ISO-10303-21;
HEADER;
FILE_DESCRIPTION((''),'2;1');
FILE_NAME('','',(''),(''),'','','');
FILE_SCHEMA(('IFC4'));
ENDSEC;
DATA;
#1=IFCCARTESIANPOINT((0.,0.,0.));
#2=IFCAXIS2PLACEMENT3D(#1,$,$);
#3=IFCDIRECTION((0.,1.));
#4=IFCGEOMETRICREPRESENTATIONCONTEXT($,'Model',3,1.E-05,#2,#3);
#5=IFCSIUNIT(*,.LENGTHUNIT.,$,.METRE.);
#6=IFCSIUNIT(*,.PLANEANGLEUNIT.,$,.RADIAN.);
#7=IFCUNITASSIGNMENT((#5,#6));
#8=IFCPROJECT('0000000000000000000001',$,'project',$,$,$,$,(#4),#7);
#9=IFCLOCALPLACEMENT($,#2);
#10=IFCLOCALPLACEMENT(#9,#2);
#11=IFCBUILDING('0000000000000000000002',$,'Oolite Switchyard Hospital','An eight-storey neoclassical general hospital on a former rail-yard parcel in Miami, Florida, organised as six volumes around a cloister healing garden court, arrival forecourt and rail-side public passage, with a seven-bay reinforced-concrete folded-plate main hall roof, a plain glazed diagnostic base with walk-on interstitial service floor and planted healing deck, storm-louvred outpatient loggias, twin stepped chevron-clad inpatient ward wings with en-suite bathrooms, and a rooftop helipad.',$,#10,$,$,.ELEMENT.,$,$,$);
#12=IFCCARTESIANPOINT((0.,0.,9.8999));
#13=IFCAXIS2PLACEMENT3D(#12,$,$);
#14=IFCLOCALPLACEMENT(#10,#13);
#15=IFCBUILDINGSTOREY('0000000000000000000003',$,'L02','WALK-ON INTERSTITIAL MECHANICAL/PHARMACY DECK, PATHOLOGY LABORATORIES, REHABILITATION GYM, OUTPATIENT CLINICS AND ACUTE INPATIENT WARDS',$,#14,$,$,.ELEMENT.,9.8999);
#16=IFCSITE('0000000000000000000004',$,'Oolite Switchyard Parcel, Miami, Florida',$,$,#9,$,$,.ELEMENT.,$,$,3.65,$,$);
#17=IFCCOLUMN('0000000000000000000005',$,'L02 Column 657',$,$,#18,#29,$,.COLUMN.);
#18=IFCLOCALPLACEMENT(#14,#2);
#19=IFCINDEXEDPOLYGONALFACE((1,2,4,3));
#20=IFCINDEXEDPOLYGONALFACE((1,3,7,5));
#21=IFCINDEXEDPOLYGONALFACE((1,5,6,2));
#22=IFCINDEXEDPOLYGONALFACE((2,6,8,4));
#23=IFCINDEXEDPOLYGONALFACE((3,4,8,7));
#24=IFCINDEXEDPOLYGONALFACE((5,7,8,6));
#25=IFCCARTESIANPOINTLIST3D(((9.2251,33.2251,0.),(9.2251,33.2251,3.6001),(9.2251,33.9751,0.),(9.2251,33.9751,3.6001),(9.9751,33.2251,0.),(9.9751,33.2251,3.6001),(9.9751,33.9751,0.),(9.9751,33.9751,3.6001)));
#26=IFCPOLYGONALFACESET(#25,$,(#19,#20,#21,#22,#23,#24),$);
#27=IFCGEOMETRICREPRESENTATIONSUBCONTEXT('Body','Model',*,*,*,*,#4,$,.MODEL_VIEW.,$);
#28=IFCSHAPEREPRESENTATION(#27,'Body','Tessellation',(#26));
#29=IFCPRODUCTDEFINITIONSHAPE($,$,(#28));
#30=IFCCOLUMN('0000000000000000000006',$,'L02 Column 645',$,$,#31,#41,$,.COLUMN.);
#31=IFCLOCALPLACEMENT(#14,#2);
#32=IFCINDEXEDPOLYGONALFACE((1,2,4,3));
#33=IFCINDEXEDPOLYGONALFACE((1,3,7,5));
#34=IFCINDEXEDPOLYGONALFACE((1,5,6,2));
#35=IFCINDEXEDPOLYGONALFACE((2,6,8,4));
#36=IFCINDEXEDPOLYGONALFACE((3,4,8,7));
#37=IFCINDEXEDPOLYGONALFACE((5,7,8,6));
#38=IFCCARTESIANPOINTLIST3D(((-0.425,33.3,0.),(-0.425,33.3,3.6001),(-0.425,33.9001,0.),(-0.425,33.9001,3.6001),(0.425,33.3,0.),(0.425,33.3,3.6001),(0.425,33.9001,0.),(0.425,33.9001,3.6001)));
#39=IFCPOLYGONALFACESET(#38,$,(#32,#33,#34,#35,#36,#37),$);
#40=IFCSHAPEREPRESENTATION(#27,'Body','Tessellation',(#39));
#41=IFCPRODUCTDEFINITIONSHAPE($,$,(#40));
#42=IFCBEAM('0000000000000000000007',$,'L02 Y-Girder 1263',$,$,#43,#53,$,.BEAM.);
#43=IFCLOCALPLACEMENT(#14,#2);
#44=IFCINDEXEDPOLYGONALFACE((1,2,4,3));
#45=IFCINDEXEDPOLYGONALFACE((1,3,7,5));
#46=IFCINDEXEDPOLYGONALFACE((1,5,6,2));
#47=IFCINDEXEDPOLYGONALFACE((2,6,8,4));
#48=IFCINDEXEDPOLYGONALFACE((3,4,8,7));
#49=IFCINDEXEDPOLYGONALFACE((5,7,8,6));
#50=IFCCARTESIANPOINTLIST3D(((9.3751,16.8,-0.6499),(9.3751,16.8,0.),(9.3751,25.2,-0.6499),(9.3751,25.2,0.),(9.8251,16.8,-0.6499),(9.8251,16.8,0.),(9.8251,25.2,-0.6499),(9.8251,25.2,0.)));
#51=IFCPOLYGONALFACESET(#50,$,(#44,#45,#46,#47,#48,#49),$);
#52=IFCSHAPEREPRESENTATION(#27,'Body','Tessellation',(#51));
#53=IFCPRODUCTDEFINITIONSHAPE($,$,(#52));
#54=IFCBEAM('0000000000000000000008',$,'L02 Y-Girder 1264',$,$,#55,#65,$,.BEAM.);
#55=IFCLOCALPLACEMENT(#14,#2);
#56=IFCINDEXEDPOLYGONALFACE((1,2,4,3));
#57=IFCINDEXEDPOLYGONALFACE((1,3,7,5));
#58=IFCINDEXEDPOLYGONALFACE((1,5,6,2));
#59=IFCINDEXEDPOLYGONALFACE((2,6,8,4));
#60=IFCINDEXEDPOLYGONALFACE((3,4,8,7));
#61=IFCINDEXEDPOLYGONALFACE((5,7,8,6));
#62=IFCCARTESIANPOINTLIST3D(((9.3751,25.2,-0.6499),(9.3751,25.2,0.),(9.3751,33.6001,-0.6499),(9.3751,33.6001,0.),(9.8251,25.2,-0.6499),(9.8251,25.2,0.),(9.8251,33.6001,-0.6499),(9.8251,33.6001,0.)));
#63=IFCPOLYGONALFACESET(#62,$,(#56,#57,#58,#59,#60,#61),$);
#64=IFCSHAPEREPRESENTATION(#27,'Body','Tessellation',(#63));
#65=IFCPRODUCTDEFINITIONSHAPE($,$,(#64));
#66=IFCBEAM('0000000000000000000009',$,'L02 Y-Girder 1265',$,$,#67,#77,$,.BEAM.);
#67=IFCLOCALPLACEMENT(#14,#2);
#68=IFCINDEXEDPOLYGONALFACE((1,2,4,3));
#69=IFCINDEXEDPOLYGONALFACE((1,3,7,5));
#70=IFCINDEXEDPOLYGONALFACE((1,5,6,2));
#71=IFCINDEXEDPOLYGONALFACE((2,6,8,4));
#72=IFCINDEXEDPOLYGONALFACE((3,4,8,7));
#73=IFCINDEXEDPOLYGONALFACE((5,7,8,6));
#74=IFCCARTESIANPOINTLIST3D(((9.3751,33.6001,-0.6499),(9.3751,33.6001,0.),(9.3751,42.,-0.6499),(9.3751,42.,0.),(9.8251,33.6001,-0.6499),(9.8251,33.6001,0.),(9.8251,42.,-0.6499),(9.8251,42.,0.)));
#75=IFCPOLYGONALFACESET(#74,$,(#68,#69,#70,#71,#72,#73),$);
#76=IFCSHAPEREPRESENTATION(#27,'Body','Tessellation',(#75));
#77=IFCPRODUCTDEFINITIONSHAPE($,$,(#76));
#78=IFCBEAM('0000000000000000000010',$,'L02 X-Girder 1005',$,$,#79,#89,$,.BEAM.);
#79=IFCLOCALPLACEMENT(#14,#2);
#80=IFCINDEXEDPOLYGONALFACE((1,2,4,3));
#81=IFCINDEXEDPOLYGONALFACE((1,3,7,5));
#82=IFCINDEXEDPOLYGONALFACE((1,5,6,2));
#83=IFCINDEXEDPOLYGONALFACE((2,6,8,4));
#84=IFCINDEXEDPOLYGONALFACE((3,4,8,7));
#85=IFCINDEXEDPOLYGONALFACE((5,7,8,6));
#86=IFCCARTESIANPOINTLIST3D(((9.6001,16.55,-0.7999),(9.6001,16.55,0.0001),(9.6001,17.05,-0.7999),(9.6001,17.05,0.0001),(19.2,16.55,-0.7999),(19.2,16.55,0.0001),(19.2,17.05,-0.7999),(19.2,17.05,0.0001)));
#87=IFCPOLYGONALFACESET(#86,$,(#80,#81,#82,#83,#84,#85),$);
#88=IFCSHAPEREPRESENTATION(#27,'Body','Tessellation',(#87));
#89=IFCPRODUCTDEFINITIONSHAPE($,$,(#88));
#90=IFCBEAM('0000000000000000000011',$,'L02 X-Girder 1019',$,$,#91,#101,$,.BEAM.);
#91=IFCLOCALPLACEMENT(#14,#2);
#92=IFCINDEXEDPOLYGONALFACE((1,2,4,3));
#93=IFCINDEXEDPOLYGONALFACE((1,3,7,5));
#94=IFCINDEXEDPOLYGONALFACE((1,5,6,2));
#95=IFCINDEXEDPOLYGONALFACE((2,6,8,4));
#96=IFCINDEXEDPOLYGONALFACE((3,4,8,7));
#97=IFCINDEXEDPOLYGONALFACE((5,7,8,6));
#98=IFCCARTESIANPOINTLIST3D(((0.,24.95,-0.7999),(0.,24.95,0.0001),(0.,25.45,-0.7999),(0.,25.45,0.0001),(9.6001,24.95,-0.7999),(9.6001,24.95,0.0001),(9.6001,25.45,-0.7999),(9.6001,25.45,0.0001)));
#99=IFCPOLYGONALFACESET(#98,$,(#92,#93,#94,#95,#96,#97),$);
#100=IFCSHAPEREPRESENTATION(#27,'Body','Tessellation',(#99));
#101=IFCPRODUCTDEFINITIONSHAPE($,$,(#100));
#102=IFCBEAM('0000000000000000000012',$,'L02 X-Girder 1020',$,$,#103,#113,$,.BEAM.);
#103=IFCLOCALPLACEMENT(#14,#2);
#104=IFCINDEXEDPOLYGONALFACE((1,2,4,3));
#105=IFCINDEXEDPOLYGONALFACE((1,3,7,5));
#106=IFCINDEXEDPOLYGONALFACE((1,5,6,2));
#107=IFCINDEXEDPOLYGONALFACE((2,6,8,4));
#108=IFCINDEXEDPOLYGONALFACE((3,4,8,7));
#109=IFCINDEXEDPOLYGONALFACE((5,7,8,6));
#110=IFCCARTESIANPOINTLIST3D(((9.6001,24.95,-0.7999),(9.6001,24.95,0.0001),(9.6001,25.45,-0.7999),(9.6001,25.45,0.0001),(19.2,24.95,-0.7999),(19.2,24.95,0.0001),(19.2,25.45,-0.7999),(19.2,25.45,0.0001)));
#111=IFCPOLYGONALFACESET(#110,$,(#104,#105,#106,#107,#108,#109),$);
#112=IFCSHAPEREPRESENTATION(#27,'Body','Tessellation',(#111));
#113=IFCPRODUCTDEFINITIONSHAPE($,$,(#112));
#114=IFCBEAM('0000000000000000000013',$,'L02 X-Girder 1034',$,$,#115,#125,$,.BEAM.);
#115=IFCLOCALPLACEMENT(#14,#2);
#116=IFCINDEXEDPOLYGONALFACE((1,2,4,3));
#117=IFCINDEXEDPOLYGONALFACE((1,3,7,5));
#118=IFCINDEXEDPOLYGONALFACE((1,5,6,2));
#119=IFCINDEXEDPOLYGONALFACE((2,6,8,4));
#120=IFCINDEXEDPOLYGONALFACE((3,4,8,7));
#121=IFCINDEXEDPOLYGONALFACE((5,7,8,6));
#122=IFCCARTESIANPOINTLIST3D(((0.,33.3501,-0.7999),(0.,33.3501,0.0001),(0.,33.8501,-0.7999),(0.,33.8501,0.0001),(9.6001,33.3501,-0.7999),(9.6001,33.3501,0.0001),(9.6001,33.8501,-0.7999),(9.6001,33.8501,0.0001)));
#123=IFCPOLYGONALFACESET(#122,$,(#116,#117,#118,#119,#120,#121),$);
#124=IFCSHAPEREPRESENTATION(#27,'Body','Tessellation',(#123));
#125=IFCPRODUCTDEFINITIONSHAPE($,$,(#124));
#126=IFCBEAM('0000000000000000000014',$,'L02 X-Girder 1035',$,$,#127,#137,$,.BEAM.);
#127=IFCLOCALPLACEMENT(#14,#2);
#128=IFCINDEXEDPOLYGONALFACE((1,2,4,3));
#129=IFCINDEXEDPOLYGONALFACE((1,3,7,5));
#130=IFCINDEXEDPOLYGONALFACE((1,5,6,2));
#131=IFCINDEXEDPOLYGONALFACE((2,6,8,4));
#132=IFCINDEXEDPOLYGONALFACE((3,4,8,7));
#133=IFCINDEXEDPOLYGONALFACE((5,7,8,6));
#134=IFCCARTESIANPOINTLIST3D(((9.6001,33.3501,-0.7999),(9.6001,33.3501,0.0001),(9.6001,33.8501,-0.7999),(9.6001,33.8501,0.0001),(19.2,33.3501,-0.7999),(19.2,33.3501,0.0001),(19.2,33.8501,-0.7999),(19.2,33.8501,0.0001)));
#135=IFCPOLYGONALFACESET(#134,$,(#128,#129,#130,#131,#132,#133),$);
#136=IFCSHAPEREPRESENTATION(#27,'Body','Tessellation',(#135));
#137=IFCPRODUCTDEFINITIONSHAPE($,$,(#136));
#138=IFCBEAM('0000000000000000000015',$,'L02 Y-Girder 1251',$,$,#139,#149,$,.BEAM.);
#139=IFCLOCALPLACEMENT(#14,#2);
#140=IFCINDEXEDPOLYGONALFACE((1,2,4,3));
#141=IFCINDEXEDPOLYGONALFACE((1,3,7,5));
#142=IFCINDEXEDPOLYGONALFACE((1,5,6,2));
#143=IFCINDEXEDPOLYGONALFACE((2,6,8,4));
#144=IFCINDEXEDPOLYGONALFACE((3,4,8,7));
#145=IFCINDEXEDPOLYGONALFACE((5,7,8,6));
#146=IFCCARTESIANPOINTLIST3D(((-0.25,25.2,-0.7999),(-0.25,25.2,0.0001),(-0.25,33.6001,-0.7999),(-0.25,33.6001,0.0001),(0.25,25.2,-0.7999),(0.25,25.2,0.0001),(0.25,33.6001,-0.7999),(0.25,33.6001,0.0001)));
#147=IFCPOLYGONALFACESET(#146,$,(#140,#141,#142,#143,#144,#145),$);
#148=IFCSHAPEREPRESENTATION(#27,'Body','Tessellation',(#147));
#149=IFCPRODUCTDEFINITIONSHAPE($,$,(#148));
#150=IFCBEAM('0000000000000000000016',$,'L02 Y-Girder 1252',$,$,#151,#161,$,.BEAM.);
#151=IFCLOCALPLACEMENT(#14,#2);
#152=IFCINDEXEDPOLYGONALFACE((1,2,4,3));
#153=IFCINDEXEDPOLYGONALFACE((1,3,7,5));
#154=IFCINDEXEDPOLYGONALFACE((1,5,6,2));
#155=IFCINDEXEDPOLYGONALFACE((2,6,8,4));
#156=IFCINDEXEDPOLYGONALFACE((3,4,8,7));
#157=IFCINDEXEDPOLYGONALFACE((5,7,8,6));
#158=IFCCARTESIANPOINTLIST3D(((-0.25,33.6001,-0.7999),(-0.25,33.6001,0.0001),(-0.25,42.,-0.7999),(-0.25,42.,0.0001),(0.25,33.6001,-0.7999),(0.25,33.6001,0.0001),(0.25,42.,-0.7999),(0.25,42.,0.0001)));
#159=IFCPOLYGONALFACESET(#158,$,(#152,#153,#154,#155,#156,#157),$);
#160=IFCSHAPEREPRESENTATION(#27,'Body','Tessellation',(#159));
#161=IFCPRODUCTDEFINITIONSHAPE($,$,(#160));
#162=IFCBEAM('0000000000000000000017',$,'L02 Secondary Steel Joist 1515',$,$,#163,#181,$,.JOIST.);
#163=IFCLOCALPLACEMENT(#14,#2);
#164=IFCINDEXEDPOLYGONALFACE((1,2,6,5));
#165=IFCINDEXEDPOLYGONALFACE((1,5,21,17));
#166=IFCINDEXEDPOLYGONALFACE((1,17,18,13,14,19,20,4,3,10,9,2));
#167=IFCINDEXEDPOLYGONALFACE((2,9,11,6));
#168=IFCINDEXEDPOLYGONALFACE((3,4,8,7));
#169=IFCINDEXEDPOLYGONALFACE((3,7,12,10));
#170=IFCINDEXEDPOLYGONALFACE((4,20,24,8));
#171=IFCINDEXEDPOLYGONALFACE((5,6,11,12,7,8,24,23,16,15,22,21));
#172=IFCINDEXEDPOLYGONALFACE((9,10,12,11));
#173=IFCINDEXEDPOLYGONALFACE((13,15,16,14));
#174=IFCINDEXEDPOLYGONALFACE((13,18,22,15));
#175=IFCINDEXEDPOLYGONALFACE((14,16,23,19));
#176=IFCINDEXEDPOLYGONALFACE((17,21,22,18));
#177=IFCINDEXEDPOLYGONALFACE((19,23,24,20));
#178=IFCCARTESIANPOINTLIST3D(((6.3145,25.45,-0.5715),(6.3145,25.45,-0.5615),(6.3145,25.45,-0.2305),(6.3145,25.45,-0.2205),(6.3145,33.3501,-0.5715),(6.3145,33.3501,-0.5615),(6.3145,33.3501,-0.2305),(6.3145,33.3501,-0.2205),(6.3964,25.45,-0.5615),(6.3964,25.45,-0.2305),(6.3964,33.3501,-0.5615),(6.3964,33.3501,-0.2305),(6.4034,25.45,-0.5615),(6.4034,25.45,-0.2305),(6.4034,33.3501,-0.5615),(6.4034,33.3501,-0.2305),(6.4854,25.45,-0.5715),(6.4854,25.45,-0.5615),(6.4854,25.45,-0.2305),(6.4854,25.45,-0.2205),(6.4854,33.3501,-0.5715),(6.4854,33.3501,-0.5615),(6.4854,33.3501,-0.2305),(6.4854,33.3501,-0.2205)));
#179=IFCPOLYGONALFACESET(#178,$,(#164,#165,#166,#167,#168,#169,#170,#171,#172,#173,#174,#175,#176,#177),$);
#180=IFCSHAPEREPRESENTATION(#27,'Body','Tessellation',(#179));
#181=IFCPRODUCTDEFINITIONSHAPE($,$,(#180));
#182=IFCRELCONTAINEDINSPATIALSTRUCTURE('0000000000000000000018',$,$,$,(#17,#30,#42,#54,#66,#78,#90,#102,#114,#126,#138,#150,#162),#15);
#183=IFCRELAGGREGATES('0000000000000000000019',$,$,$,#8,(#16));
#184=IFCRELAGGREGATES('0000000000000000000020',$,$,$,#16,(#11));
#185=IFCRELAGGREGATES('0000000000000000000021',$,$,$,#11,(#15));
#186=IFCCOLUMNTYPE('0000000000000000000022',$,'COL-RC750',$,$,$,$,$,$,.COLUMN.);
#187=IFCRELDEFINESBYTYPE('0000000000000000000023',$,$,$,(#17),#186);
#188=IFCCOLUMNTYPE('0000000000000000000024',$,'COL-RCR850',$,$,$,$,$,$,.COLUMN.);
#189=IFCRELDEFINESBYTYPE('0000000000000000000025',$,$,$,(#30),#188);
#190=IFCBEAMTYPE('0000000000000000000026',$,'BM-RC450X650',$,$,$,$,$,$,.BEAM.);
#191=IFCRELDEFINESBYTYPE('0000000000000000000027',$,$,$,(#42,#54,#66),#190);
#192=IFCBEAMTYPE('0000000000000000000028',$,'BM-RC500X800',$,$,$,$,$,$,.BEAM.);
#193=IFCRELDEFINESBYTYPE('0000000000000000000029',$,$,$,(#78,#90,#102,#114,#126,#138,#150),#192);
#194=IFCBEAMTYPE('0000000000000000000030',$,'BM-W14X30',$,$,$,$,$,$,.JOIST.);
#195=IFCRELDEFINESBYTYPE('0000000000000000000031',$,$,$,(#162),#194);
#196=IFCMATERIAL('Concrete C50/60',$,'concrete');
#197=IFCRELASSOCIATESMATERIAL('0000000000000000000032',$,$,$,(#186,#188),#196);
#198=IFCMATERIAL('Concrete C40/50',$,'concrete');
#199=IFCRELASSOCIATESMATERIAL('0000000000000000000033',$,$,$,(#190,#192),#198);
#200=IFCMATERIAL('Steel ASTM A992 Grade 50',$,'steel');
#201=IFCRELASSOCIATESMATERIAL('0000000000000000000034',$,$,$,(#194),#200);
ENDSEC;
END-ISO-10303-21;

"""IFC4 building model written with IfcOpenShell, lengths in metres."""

from ifc_helpers import new_model, si_unit, direction, frame, origin, origin_2d, place, context, subcontext, project, spatial, rectangle, i_section, extrude, material, material_profile, profile_set, type_object, element, save


model = new_model("IFC4")

# Units and contexts
model_context = context("Model", 3, precision=1e-05, world=origin(), true_north=direction((0.0, 1.0)))
body_context = subcontext(model_context, "Body", "Model", "MODEL_VIEW")
ifc_project = project(units=[si_unit("LENGTHUNIT", "METRE"), si_unit("PLANEANGLEUNIT", "RADIAN")], contexts=[model_context])

# Site, building, storey
site_placement = place(None, origin())
site = spatial("IfcSite", under=ifc_project, at=site_placement, Name="Oolite Switchyard Parcel, Miami, Florida", CompositionType="ELEMENT", RefElevation=3.65)
building_placement = place(site_placement, origin())
building = spatial("IfcBuilding", under=site, at=building_placement, Name="Oolite Switchyard Hospital", Description="An eight-storey neoclassical general hospital on a former rail-yard parcel in Miami, Florida, organised as six volumes around a cloister healing garden court, arrival forecourt and rail-side public passage, with a seven-bay reinforced-concrete folded-plate main hall roof, a plain glazed diagnostic base with walk-on interstitial service floor and planted healing deck, storm-louvred outpatient loggias, twin stepped chevron-clad inpatient ward wings with en-suite bathrooms, and a rooftop helipad.", CompositionType="ELEMENT")
storey_placement = place(building_placement, frame((0.0, 0.0, 9.8999)))
storey = spatial("IfcBuildingStorey", under=building, at=storey_placement, Name="L02", Description="WALK-ON INTERSTITIAL MECHANICAL/PHARMACY DECK, PATHOLOGY LABORATORIES, REHABILITATION GYM, OUTPATIENT CLINICS AND ACUTE INPATIENT WARDS", CompositionType="ELEMENT", Elevation=9.8999)

# Columns
ifc_material_1 = material(Name="Concrete C50/60", Category="concrete")
ifc_material_profile_1 = material_profile(ifc_material_1, rectangle(XDim=0.75, YDim=0.75, at=origin_2d()), Name="RC750X750")
ifc_profile_set_1 = profile_set([ifc_material_profile_1], Name="Concrete C50/60")
column_type_1 = type_object("IfcColumnType", Name="COL-RC750", PredefinedType="COLUMN", material=ifc_profile_set_1)
column_1_placement = place(storey_placement, frame((9.6001, 33.6001, 0.0), z_axis=(0.0, 0.0, 1.0), x_axis=(1.0, 0.0, 0.0)))
element("IfcColumn", 1, at=column_1_placement, inside=storey, type_object=column_type_1, Name="L02 Column 657", PredefinedType="COLUMN", context=body_context, shape_type="SweptSolid", body=[
    extrude(rectangle(XDim=0.75, YDim=0.75, at=origin_2d()), origin(), (0.0, 0.0, 1.0), 3.6001),
])
ifc_material_profile_2 = material_profile(ifc_material_1, rectangle(XDim=0.8501, YDim=0.6001, at=origin_2d()), Name="RC850X600")
ifc_profile_set_2 = profile_set([ifc_material_profile_2], Name="Concrete C50/60")
column_type_2 = type_object("IfcColumnType", Name="COL-RCR850", PredefinedType="COLUMN", material=ifc_profile_set_2)
column_2_placement = place(storey_placement, frame((0.0, 33.6001, 0.0), z_axis=(0.0, 0.0, 1.0), x_axis=(1.0, 0.0, 0.0)))
element("IfcColumn", 2, at=column_2_placement, inside=storey, type_object=column_type_2, Name="L02 Column 645", PredefinedType="COLUMN", context=body_context, shape_type="SweptSolid", body=[
    extrude(rectangle(XDim=0.8501, YDim=0.6001, at=origin_2d()), origin(), (0.0, 0.0, 1.0), 3.6001),
])

# Beams
ifc_material_2 = material(Name="Concrete C40/50", Category="concrete")
ifc_material_profile_3 = material_profile(ifc_material_2, rectangle(XDim=0.45, YDim=0.6499, at=origin_2d()), Name="RCB450X650")
ifc_profile_set_3 = profile_set([ifc_material_profile_3], Name="Concrete C40/50")
beam_type_1 = type_object("IfcBeamType", Name="BM-RC450X650", PredefinedType="BEAM", material=ifc_profile_set_3)
beam_1_placement = place(storey_placement, frame((9.6001, 16.8, -0.325), z_axis=(0.0, 1.0, 0.0), x_axis=(-1.0, 0.0, 0.0)))
element("IfcBeam", 3, at=beam_1_placement, inside=storey, type_object=beam_type_1, Name="L02 Y-Girder 1263", PredefinedType="BEAM", context=body_context, shape_type="SweptSolid", body=[
    extrude(rectangle(XDim=0.45, YDim=0.6499, at=origin_2d()), origin(), (0.0, 0.0, 1.0), 8.3999),
])
beam_2_placement = place(storey_placement, frame((9.6001, 25.2, -0.325), z_axis=(0.0, 1.0, 0.0), x_axis=(-1.0, 0.0, 0.0)))
element("IfcBeam", 4, at=beam_2_placement, inside=storey, type_object=beam_type_1, Name="L02 Y-Girder 1264", PredefinedType="BEAM", context=body_context, shape_type="SweptSolid", body=[
    extrude(rectangle(XDim=0.45, YDim=0.6499, at=origin_2d()), origin(), (0.0, 0.0, 1.0), 8.4001),
])
beam_3_placement = place(storey_placement, frame((9.6001, 33.6001, -0.325), z_axis=(0.0, 1.0, 0.0), x_axis=(-1.0, 0.0, 0.0)))
element("IfcBeam", 5, at=beam_3_placement, inside=storey, type_object=beam_type_1, Name="L02 Y-Girder 1265", PredefinedType="BEAM", context=body_context, shape_type="SweptSolid", body=[
    extrude(rectangle(XDim=0.45, YDim=0.6499, at=origin_2d()), origin(), (0.0, 0.0, 1.0), 8.3999),
])
ifc_material_profile_4 = material_profile(ifc_material_2, rectangle(XDim=0.5, YDim=0.8, at=origin_2d()), Name="RCB500X800")
ifc_profile_set_4 = profile_set([ifc_material_profile_4], Name="Concrete C40/50")
beam_type_2 = type_object("IfcBeamType", Name="BM-RC500X800", PredefinedType="BEAM", material=ifc_profile_set_4)
beam_4_placement = place(storey_placement, frame((9.6001, 16.8, -0.3999), z_axis=(1.0, 0.0, 0.0), x_axis=(0.0, 1.0, 0.0)))
element("IfcBeam", 6, at=beam_4_placement, inside=storey, type_object=beam_type_2, Name="L02 X-Girder 1005", PredefinedType="BEAM", context=body_context, shape_type="SweptSolid", body=[
    extrude(rectangle(XDim=0.5, YDim=0.8, at=origin_2d()), origin(), (0.0, 0.0, 1.0), 9.5999),
])
beam_5_placement = place(storey_placement, frame((0.0, 25.2, -0.3999), z_axis=(1.0, 0.0, 0.0), x_axis=(0.0, 1.0, 0.0)))
element("IfcBeam", 7, at=beam_5_placement, inside=storey, type_object=beam_type_2, Name="L02 X-Girder 1019", PredefinedType="BEAM", context=body_context, shape_type="SweptSolid", body=[
    extrude(rectangle(XDim=0.5, YDim=0.8, at=origin_2d()), origin(), (0.0, 0.0, 1.0), 9.6001),
])
beam_6_placement = place(storey_placement, frame((9.6001, 25.2, -0.3999), z_axis=(1.0, 0.0, 0.0), x_axis=(0.0, 1.0, 0.0)))
element("IfcBeam", 8, at=beam_6_placement, inside=storey, type_object=beam_type_2, Name="L02 X-Girder 1020", PredefinedType="BEAM", context=body_context, shape_type="SweptSolid", body=[
    extrude(rectangle(XDim=0.5, YDim=0.8, at=origin_2d()), origin(), (0.0, 0.0, 1.0), 9.5999),
])
beam_7_placement = place(storey_placement, frame((0.0, 33.6001, -0.3999), z_axis=(1.0, 0.0, 0.0), x_axis=(0.0, 1.0, 0.0)))
element("IfcBeam", 9, at=beam_7_placement, inside=storey, type_object=beam_type_2, Name="L02 X-Girder 1034", PredefinedType="BEAM", context=body_context, shape_type="SweptSolid", body=[
    extrude(rectangle(XDim=0.5, YDim=0.8, at=origin_2d()), origin(), (0.0, 0.0, 1.0), 9.6001),
])
beam_8_placement = place(storey_placement, frame((9.6001, 33.6001, -0.3999), z_axis=(1.0, 0.0, 0.0), x_axis=(0.0, 1.0, 0.0)))
element("IfcBeam", 10, at=beam_8_placement, inside=storey, type_object=beam_type_2, Name="L02 X-Girder 1035", PredefinedType="BEAM", context=body_context, shape_type="SweptSolid", body=[
    extrude(rectangle(XDim=0.5, YDim=0.8, at=origin_2d()), origin(), (0.0, 0.0, 1.0), 9.5999),
])
beam_9_placement = place(storey_placement, frame((0.0, 25.2, -0.3999), z_axis=(0.0, 1.0, 0.0), x_axis=(-1.0, 0.0, 0.0)))
element("IfcBeam", 11, at=beam_9_placement, inside=storey, type_object=beam_type_2, Name="L02 Y-Girder 1251", PredefinedType="BEAM", context=body_context, shape_type="SweptSolid", body=[
    extrude(rectangle(XDim=0.5, YDim=0.8, at=origin_2d()), origin(), (0.0, 0.0, 1.0), 8.4001),
])
beam_10_placement = place(storey_placement, frame((0.0, 33.6001, -0.3999), z_axis=(0.0, 1.0, 0.0), x_axis=(-1.0, 0.0, 0.0)))
element("IfcBeam", 12, at=beam_10_placement, inside=storey, type_object=beam_type_2, Name="L02 Y-Girder 1252", PredefinedType="BEAM", context=body_context, shape_type="SweptSolid", body=[
    extrude(rectangle(XDim=0.5, YDim=0.8, at=origin_2d()), origin(), (0.0, 0.0, 1.0), 8.3999),
])
ifc_material_3 = material(Name="Steel ASTM A992 Grade 50", Category="steel")
ifc_material_profile_5 = material_profile(ifc_material_3, i_section(OverallWidth=0.1709, OverallDepth=0.3511, WebThickness=0.0071, FlangeThickness=0.01, at=origin_2d()), Name="W14X30")
ifc_profile_set_5 = profile_set([ifc_material_profile_5], Name="Steel ASTM A992 Grade 50")
beam_type_3 = type_object("IfcBeamType", Name="BM-W14X30", PredefinedType="JOIST", material=ifc_profile_set_5)
beam_11_placement = place(storey_placement, frame((6.3999, 25.45, -0.396), z_axis=(0.0, 1.0, 0.0), x_axis=(-1.0, 0.0, 0.0)))
element("IfcBeam", 13, at=beam_11_placement, inside=storey, type_object=beam_type_3, Name="L02 Secondary Steel Joist 1515", PredefinedType="JOIST", context=body_context, shape_type="SweptSolid", body=[
    extrude(i_section(OverallWidth=0.1709, OverallDepth=0.3511, WebThickness=0.0071, FlangeThickness=0.01, at=origin_2d()), origin(), (0.0, 0.0, 1.0), 7.9001),
])

save(model, "model.ifc")
